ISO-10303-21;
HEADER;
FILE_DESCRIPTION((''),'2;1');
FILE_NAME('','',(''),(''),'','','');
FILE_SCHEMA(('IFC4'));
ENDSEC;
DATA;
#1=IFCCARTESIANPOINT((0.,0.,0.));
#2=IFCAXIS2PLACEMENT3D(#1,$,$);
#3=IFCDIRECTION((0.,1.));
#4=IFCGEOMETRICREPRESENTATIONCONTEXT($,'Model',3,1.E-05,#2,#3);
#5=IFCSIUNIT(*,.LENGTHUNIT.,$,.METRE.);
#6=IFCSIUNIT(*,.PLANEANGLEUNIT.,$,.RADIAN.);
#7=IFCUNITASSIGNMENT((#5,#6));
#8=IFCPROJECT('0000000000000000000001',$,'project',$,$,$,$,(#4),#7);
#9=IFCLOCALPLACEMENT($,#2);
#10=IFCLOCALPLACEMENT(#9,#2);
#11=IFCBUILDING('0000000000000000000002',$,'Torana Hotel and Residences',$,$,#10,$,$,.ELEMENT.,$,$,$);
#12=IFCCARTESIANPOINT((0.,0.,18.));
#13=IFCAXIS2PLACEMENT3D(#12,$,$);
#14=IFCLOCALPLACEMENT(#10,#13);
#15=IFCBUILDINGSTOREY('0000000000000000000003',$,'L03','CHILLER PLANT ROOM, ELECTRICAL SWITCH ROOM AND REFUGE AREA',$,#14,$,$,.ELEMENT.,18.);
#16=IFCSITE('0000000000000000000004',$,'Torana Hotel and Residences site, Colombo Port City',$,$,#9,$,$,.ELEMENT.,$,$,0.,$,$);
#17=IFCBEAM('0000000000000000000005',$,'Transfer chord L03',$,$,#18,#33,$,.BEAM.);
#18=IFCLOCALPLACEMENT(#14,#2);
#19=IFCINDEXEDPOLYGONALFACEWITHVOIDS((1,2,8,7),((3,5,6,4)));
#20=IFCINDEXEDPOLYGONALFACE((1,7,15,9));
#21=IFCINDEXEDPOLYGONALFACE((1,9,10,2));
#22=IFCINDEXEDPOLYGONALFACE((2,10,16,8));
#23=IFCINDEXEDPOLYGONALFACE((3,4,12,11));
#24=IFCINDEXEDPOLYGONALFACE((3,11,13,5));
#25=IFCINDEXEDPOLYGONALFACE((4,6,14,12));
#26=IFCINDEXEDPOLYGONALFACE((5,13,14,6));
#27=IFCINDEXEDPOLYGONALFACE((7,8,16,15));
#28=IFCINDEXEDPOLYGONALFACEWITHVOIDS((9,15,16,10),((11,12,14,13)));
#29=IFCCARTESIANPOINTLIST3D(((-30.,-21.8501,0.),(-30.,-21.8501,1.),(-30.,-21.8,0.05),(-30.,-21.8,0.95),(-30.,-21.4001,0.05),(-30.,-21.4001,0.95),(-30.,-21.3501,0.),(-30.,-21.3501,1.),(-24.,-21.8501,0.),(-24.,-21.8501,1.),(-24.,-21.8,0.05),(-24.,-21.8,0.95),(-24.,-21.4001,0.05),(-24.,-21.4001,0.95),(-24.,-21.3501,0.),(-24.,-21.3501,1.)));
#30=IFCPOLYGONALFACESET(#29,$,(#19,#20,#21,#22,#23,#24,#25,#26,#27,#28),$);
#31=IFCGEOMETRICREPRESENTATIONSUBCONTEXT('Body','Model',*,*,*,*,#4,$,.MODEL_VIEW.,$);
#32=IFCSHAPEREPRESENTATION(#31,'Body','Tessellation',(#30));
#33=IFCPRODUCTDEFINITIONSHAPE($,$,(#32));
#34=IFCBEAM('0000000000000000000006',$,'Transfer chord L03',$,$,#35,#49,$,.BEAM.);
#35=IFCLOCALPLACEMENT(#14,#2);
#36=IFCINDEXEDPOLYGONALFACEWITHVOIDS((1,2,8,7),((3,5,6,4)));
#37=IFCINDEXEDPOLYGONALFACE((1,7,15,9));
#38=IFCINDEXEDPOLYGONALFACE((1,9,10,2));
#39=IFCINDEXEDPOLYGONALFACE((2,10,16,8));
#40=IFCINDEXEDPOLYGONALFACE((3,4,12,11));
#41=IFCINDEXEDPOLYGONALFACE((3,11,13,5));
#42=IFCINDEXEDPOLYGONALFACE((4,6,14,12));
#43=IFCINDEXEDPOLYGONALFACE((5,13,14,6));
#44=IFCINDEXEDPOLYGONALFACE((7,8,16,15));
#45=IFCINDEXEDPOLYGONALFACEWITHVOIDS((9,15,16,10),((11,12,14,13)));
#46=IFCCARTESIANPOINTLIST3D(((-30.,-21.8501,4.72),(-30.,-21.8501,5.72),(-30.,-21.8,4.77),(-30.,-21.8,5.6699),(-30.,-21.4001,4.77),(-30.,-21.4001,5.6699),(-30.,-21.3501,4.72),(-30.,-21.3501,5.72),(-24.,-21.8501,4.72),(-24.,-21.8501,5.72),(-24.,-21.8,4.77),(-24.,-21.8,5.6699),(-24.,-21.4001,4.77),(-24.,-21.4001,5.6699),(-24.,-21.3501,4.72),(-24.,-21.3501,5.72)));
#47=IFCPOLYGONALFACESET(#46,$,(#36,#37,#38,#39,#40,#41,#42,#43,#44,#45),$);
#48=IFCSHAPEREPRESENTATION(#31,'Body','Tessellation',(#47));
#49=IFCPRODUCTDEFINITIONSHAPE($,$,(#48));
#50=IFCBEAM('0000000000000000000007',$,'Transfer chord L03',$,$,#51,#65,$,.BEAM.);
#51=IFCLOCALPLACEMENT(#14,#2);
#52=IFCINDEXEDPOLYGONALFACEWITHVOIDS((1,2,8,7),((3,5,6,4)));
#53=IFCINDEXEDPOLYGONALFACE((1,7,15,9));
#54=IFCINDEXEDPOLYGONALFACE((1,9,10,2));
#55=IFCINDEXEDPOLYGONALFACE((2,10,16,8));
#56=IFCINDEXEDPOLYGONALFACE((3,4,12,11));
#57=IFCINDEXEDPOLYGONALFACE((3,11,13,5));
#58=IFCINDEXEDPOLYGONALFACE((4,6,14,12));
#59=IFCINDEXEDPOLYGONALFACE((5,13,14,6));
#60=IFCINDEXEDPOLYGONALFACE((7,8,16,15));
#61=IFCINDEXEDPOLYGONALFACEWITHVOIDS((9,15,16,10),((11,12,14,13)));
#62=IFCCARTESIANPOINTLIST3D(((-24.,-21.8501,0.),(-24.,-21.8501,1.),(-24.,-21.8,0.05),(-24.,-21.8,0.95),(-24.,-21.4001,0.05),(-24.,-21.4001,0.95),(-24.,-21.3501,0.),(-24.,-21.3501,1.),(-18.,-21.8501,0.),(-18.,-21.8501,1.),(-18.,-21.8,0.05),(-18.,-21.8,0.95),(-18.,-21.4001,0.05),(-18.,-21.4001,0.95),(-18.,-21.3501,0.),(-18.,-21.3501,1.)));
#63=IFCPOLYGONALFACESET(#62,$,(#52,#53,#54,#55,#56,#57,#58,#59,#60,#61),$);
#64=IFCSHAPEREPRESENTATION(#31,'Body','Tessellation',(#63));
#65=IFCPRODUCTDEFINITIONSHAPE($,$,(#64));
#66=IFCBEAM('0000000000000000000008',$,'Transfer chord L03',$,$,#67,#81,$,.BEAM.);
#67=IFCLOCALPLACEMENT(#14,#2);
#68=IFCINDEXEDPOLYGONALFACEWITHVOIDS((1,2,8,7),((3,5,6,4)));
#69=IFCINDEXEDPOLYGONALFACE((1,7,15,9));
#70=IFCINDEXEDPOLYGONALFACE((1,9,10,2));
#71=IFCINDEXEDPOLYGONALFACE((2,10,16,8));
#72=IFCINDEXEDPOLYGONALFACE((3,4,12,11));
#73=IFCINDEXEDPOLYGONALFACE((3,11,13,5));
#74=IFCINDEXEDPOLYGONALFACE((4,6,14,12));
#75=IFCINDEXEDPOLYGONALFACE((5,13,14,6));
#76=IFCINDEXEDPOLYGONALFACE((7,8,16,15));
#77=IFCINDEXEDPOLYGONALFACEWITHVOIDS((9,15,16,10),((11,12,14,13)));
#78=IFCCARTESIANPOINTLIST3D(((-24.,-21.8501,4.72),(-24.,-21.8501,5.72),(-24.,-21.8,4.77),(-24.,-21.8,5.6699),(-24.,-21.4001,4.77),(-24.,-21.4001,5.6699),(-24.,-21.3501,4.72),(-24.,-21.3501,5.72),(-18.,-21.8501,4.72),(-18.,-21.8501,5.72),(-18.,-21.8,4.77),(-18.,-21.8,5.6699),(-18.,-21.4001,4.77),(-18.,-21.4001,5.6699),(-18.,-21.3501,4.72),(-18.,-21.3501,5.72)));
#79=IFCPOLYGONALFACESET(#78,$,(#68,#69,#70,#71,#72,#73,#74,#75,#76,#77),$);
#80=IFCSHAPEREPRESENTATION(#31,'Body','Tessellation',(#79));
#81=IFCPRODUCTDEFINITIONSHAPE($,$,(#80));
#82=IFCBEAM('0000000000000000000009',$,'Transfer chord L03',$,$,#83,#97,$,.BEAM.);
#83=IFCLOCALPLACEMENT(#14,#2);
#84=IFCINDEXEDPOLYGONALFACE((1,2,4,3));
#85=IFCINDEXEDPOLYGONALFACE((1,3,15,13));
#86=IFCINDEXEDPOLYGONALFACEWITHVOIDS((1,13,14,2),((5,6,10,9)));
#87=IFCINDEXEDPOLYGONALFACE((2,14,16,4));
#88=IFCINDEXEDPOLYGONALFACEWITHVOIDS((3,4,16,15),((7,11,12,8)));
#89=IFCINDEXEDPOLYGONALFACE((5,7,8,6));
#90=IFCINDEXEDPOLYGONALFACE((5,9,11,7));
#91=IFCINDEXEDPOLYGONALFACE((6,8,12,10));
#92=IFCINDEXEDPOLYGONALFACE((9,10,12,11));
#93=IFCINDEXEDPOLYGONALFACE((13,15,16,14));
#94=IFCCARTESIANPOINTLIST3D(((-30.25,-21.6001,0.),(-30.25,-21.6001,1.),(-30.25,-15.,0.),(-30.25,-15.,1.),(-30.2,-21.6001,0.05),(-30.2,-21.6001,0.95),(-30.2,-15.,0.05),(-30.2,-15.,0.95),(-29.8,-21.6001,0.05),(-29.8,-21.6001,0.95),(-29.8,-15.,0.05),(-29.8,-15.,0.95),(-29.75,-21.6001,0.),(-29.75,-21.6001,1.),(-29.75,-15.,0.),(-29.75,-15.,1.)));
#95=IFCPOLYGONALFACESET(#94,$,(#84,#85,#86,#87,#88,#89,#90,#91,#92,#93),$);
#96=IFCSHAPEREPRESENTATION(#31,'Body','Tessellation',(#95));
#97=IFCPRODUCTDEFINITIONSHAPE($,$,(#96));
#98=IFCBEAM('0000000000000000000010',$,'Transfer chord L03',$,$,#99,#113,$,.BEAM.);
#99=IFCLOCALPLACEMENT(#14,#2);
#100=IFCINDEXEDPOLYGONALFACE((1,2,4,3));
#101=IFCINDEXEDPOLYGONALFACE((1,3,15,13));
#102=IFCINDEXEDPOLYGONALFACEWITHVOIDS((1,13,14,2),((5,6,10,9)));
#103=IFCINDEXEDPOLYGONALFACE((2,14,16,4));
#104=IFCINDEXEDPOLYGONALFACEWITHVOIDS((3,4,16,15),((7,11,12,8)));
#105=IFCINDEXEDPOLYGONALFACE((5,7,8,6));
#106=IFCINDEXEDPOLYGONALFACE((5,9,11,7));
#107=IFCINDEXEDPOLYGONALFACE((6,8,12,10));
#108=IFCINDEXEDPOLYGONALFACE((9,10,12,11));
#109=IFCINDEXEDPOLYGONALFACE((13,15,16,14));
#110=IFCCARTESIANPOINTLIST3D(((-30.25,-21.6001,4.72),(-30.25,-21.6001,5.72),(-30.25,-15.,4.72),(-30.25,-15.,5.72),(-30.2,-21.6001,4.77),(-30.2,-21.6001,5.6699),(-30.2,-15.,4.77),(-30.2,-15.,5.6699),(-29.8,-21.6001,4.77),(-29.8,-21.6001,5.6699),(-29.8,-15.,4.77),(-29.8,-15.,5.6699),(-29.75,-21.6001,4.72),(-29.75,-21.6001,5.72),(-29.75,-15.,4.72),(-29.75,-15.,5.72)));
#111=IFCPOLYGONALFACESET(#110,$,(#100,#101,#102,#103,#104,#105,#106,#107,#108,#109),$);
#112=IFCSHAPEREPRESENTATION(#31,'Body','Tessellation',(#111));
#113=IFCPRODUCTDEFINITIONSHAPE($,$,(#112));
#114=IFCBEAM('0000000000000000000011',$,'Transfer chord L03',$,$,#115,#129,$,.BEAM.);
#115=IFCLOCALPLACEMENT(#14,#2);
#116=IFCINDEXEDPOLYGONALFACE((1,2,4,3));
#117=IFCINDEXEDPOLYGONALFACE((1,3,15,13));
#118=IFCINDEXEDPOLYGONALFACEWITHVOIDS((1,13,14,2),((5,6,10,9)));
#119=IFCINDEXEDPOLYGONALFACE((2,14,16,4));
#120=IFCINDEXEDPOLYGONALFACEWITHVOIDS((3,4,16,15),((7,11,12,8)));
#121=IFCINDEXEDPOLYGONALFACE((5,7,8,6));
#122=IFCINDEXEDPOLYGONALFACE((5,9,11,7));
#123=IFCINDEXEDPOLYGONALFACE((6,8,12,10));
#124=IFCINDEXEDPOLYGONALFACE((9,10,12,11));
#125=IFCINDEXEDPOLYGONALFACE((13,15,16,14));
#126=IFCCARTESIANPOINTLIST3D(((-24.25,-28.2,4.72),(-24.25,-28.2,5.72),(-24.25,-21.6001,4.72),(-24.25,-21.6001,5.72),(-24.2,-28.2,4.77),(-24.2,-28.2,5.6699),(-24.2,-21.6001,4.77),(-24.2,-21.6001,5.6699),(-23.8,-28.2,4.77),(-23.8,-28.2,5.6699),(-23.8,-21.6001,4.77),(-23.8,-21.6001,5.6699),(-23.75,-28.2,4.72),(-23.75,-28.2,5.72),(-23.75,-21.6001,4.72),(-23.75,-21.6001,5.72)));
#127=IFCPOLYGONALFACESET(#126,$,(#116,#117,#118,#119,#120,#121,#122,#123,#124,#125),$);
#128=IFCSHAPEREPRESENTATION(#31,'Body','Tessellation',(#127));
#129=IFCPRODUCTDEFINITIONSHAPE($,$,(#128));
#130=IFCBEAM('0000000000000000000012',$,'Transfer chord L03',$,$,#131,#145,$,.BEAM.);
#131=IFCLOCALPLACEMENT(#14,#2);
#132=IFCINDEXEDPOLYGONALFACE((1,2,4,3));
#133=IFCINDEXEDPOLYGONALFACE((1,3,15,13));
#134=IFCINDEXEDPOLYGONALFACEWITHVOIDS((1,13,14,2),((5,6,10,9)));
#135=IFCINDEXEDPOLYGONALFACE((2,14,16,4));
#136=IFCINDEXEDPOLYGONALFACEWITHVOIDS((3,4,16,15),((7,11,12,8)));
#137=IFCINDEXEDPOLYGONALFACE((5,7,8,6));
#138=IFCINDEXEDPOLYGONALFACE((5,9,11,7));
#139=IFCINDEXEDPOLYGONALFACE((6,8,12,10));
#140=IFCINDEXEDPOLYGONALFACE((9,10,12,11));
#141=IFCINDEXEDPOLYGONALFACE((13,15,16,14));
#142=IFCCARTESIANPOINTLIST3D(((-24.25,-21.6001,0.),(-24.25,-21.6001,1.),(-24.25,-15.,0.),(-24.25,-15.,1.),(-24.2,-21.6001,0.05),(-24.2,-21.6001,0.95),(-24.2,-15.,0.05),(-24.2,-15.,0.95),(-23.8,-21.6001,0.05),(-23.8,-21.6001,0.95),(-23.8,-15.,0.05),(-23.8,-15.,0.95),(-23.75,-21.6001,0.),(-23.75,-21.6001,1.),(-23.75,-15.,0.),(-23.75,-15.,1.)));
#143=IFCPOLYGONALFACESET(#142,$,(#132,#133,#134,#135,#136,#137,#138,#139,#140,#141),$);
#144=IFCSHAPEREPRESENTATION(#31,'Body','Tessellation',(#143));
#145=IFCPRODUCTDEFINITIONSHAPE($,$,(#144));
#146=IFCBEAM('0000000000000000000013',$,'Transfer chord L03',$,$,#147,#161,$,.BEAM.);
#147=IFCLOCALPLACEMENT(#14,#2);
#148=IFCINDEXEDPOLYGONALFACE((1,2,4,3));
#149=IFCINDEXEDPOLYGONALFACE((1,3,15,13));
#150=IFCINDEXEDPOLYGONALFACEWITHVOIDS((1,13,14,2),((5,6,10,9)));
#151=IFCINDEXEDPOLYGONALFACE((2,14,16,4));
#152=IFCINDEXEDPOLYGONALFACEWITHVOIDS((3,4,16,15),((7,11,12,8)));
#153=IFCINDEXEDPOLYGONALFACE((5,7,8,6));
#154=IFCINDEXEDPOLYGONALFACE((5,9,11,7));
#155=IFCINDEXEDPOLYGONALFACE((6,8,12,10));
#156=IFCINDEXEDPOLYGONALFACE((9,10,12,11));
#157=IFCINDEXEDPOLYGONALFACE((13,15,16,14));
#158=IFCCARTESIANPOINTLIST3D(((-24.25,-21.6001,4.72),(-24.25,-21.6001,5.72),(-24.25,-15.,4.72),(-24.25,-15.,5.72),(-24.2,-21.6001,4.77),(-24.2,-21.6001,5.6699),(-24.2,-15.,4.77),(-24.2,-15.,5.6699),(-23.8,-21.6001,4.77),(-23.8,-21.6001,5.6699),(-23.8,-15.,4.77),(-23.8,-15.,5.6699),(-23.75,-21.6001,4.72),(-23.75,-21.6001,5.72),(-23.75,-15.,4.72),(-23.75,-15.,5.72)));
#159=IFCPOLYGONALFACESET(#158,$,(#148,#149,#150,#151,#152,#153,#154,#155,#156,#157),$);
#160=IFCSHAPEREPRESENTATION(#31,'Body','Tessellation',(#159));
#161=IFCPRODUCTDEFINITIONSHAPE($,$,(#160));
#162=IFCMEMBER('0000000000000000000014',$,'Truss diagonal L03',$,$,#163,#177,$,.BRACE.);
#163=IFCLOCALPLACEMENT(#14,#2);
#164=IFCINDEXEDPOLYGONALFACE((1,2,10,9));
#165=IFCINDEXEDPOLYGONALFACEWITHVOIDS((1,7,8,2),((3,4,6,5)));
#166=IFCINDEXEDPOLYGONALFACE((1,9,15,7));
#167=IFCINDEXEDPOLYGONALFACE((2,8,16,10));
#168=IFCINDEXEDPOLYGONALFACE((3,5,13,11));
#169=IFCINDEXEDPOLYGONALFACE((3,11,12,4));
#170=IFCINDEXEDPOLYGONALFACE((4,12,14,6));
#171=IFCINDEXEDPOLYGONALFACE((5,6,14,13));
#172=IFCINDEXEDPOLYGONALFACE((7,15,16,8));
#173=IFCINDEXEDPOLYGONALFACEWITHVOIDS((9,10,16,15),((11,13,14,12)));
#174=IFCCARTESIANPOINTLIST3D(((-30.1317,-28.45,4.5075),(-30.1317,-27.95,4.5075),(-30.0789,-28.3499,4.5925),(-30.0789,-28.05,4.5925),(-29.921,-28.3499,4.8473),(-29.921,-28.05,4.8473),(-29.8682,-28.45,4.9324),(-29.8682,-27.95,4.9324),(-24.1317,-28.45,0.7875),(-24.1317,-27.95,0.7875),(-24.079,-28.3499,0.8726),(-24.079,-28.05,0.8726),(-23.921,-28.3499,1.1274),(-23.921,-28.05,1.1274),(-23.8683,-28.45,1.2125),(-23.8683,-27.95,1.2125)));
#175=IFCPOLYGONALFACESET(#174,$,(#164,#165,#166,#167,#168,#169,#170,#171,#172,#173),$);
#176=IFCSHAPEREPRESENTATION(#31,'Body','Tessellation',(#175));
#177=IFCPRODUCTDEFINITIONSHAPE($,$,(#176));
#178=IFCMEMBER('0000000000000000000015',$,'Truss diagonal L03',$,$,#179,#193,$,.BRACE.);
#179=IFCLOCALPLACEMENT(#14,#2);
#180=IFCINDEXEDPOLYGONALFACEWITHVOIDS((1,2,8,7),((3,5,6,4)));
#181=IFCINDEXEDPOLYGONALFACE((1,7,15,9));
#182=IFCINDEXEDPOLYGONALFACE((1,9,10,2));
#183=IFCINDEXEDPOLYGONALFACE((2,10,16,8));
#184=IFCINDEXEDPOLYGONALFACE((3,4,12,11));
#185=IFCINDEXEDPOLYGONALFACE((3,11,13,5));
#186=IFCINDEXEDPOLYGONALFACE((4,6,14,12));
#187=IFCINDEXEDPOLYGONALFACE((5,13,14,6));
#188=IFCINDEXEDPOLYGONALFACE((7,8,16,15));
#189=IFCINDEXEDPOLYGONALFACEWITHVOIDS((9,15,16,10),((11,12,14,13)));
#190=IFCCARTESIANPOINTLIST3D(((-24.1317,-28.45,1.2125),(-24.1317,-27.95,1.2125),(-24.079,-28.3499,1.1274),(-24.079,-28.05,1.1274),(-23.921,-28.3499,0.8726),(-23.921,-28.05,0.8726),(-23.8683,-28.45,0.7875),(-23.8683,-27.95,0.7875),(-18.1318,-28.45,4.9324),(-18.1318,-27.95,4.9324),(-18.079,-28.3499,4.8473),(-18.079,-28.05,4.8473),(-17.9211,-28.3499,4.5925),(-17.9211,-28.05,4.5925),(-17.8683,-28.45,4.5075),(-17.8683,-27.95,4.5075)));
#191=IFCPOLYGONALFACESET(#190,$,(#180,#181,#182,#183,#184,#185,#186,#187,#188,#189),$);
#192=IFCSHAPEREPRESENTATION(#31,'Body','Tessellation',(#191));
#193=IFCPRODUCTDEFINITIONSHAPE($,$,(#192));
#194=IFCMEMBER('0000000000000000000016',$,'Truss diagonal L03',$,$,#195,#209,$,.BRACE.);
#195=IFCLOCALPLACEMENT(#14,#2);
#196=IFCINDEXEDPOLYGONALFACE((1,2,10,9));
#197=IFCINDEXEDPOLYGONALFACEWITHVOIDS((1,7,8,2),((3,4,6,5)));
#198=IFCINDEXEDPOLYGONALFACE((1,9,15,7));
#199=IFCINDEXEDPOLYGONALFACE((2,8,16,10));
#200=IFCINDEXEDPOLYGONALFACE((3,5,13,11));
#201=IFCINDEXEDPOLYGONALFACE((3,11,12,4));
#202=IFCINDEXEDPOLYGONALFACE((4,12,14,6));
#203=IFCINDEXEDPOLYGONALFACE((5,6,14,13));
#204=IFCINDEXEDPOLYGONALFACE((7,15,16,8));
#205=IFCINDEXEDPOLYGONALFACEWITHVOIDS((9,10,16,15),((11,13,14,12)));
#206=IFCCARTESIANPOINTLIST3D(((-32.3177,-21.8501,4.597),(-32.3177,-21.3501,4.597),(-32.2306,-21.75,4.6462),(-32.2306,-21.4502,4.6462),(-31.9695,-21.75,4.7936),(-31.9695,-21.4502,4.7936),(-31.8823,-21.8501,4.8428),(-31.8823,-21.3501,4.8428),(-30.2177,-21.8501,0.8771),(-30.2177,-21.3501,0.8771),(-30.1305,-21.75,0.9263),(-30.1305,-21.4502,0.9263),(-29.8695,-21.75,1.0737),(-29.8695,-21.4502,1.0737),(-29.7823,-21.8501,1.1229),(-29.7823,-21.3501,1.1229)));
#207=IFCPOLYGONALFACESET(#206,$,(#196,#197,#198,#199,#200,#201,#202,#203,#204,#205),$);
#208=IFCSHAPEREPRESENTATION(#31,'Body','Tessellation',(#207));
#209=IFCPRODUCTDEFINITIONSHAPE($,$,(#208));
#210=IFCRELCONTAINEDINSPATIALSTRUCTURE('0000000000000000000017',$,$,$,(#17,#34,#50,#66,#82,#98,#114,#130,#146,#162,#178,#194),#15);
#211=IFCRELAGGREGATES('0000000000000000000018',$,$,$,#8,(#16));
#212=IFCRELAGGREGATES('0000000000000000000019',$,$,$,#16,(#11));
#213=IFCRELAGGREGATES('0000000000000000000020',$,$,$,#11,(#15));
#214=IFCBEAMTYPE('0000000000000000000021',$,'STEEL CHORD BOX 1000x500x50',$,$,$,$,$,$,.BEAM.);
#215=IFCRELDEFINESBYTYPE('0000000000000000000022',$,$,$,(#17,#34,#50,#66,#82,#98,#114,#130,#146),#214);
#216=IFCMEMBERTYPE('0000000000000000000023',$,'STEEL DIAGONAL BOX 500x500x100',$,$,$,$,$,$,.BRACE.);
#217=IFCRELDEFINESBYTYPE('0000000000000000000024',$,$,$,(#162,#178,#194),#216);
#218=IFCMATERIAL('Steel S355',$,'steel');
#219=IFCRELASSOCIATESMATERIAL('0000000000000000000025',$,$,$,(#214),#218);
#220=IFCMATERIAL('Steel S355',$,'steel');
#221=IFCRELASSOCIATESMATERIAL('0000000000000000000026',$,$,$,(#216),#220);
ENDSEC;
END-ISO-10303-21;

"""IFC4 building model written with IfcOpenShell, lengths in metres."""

from ifc_helpers import new_model, si_unit, direction, frame, origin, origin_2d, place, context, subcontext, project, spatial, hollow_rectangle, extrude, material, material_profile, profile_set, type_object, element, save


model = new_model("IFC4")

# Units and contexts
model_context = context("Model", 3, precision=1e-05, world=origin(), true_north=direction((0.0, 1.0)))
body_context = subcontext(model_context, "Body", "Model", "MODEL_VIEW")
ifc_project = project(units=[si_unit("LENGTHUNIT", "METRE"), si_unit("PLANEANGLEUNIT", "RADIAN")], contexts=[model_context])

# Site, building, storey
site_placement = place(None, origin())
site = spatial("IfcSite", under=ifc_project, at=site_placement, Name="Torana Hotel and Residences site, Colombo Port City", CompositionType="ELEMENT", RefElevation=0.0)
building_placement = place(site_placement, origin())
building = spatial("IfcBuilding", under=site, at=building_placement, Name="Torana Hotel and Residences", CompositionType="ELEMENT")
storey_placement = place(building_placement, frame((0.0, 0.0, 18.0)))
storey = spatial("IfcBuildingStorey", under=building, at=storey_placement, Name="L03", Description="CHILLER PLANT ROOM, ELECTRICAL SWITCH ROOM AND REFUGE AREA", CompositionType="ELEMENT", Elevation=18.0)

# Beams
ifc_material_1 = material(Name="Steel S355", Category="steel")
ifc_material_profile_1 = material_profile(ifc_material_1, hollow_rectangle(XDim=0.5, YDim=1.0, WallThickness=0.05, at=origin_2d()), Name="BOX 1000x500x50")
ifc_profile_set_1 = profile_set([ifc_material_profile_1], Name="Steel S355")
beam_type = type_object("IfcBeamType", Name="STEEL CHORD BOX 1000x500x50", PredefinedType="BEAM", material=ifc_profile_set_1)
for number, where, z_axis, x_axis, name in (
    (1, (-30.0, -21.6001, 0.5), (1.0, 0.0, 0.0), (0.0, 1.0, 0.0), "Transfer chord L03"),
    (2, (-30.0, -21.6001, 5.22), (1.0, 0.0, 0.0), (0.0, 1.0, 0.0), "Transfer chord L03"),
    (3, (-24.0, -21.6001, 0.5), (1.0, 0.0, 0.0), (0.0, 1.0, 0.0), "Transfer chord L03"),
    (4, (-24.0, -21.6001, 5.22), (1.0, 0.0, 0.0), (0.0, 1.0, 0.0), "Transfer chord L03"),
):
    element("IfcBeam", number, at=place(storey_placement, frame(where, z_axis=z_axis, x_axis=x_axis)), inside=storey, type_object=beam_type, Name=name, PredefinedType="BEAM", context=body_context, shape_type="SweptSolid", body=[
        extrude(hollow_rectangle(XDim=0.5, YDim=1.0, WallThickness=0.05, at=origin_2d()), origin(), (0.0, 0.0, 1.0), 6.0),
    ])
for number, where, z_axis, x_axis, name in (
    (5, (-30.0, -21.6001, 0.5), (0.0, 1.0, 0.0), (-1.0, 0.0, 0.0), "Transfer chord L03"),
    (6, (-30.0, -21.6001, 5.22), (0.0, 1.0, 0.0), (-1.0, 0.0, 0.0), "Transfer chord L03"),
):
    element("IfcBeam", number, at=place(storey_placement, frame(where, z_axis=z_axis, x_axis=x_axis)), inside=storey, type_object=beam_type, Name=name, PredefinedType="BEAM", context=body_context, shape_type="SweptSolid", body=[
        extrude(hollow_rectangle(XDim=0.5, YDim=1.0, WallThickness=0.05, at=origin_2d()), origin(), (0.0, 0.0, 1.0), 6.6001),
    ])
beam_placement = place(storey_placement, frame((-24.0, -28.2, 5.22), z_axis=(0.0, 1.0, 0.0), x_axis=(-1.0, 0.0, 0.0)))
element("IfcBeam", 7, at=beam_placement, inside=storey, type_object=beam_type, Name="Transfer chord L03", PredefinedType="BEAM", context=body_context, shape_type="SweptSolid", body=[
    extrude(hollow_rectangle(XDim=0.5, YDim=1.0, WallThickness=0.05, at=origin_2d()), origin(), (0.0, 0.0, 1.0), 6.5999),
])
for number, where, z_axis, x_axis, name in (
    (8, (-24.0, -21.6001, 0.5), (0.0, 1.0, 0.0), (-1.0, 0.0, 0.0), "Transfer chord L03"),
    (9, (-24.0, -21.6001, 5.22), (0.0, 1.0, 0.0), (-1.0, 0.0, 0.0), "Transfer chord L03"),
):
    element("IfcBeam", number, at=place(storey_placement, frame(where, z_axis=z_axis, x_axis=x_axis)), inside=storey, type_object=beam_type, Name=name, PredefinedType="BEAM", context=body_context, shape_type="SweptSolid", body=[
        extrude(hollow_rectangle(XDim=0.5, YDim=1.0, WallThickness=0.05, at=origin_2d()), origin(), (0.0, 0.0, 1.0), 6.6001),
    ])

# Members
ifc_material_2 = material(Name="Steel S355", Category="steel")
ifc_material_profile_2 = material_profile(ifc_material_2, hollow_rectangle(XDim=0.5, YDim=0.5, WallThickness=0.1001, at=origin_2d()), Name="BOX 500x500x100")
ifc_profile_set_2 = profile_set([ifc_material_profile_2], Name="Steel S355")
member_type_1 = type_object("IfcMemberType", Name="STEEL DIAGONAL BOX 500x500x100", PredefinedType="BRACE", material=ifc_profile_set_2)
for number, where, z_axis, x_axis, name in (
    (10, (-24.0, -28.2, 1.0), (-0.849905, 0.0, 0.526937), (0.0, -1.0, 0.0), "Truss diagonal L03"),
    (11, (-24.0, -28.2, 1.0), (0.849905, 0.0, 0.526937), (0.0, 1.0, 0.0), "Truss diagonal L03"),
):
    element("IfcMember", number, at=place(storey_placement, frame(where, z_axis=z_axis, x_axis=x_axis)), inside=storey, type_object=member_type_1, Name=name, PredefinedType="BRACE", context=body_context, shape_type="SweptSolid", body=[
        extrude(hollow_rectangle(XDim=0.5, YDim=0.5, WallThickness=0.1001, at=origin_2d()), origin(), (0.0, 0.0, 1.0), 7.0596),
    ])
member_1_placement = place(storey_placement, frame((-30.0, -21.6001, 1.0), z_axis=(-0.491615, 0.0, 0.870813), x_axis=(0.0, -1.0, 0.0)))
element("IfcMember", 12, at=member_1_placement, inside=storey, type_object=member_type_1, Name="Truss diagonal L03", PredefinedType="BRACE", context=body_context, shape_type="SweptSolid", body=[
    extrude(hollow_rectangle(XDim=0.5, YDim=0.5, WallThickness=0.1001, at=origin_2d()), origin(), (0.0, 0.0, 1.0), 4.2717),
])

save(model, "model.ifc")
